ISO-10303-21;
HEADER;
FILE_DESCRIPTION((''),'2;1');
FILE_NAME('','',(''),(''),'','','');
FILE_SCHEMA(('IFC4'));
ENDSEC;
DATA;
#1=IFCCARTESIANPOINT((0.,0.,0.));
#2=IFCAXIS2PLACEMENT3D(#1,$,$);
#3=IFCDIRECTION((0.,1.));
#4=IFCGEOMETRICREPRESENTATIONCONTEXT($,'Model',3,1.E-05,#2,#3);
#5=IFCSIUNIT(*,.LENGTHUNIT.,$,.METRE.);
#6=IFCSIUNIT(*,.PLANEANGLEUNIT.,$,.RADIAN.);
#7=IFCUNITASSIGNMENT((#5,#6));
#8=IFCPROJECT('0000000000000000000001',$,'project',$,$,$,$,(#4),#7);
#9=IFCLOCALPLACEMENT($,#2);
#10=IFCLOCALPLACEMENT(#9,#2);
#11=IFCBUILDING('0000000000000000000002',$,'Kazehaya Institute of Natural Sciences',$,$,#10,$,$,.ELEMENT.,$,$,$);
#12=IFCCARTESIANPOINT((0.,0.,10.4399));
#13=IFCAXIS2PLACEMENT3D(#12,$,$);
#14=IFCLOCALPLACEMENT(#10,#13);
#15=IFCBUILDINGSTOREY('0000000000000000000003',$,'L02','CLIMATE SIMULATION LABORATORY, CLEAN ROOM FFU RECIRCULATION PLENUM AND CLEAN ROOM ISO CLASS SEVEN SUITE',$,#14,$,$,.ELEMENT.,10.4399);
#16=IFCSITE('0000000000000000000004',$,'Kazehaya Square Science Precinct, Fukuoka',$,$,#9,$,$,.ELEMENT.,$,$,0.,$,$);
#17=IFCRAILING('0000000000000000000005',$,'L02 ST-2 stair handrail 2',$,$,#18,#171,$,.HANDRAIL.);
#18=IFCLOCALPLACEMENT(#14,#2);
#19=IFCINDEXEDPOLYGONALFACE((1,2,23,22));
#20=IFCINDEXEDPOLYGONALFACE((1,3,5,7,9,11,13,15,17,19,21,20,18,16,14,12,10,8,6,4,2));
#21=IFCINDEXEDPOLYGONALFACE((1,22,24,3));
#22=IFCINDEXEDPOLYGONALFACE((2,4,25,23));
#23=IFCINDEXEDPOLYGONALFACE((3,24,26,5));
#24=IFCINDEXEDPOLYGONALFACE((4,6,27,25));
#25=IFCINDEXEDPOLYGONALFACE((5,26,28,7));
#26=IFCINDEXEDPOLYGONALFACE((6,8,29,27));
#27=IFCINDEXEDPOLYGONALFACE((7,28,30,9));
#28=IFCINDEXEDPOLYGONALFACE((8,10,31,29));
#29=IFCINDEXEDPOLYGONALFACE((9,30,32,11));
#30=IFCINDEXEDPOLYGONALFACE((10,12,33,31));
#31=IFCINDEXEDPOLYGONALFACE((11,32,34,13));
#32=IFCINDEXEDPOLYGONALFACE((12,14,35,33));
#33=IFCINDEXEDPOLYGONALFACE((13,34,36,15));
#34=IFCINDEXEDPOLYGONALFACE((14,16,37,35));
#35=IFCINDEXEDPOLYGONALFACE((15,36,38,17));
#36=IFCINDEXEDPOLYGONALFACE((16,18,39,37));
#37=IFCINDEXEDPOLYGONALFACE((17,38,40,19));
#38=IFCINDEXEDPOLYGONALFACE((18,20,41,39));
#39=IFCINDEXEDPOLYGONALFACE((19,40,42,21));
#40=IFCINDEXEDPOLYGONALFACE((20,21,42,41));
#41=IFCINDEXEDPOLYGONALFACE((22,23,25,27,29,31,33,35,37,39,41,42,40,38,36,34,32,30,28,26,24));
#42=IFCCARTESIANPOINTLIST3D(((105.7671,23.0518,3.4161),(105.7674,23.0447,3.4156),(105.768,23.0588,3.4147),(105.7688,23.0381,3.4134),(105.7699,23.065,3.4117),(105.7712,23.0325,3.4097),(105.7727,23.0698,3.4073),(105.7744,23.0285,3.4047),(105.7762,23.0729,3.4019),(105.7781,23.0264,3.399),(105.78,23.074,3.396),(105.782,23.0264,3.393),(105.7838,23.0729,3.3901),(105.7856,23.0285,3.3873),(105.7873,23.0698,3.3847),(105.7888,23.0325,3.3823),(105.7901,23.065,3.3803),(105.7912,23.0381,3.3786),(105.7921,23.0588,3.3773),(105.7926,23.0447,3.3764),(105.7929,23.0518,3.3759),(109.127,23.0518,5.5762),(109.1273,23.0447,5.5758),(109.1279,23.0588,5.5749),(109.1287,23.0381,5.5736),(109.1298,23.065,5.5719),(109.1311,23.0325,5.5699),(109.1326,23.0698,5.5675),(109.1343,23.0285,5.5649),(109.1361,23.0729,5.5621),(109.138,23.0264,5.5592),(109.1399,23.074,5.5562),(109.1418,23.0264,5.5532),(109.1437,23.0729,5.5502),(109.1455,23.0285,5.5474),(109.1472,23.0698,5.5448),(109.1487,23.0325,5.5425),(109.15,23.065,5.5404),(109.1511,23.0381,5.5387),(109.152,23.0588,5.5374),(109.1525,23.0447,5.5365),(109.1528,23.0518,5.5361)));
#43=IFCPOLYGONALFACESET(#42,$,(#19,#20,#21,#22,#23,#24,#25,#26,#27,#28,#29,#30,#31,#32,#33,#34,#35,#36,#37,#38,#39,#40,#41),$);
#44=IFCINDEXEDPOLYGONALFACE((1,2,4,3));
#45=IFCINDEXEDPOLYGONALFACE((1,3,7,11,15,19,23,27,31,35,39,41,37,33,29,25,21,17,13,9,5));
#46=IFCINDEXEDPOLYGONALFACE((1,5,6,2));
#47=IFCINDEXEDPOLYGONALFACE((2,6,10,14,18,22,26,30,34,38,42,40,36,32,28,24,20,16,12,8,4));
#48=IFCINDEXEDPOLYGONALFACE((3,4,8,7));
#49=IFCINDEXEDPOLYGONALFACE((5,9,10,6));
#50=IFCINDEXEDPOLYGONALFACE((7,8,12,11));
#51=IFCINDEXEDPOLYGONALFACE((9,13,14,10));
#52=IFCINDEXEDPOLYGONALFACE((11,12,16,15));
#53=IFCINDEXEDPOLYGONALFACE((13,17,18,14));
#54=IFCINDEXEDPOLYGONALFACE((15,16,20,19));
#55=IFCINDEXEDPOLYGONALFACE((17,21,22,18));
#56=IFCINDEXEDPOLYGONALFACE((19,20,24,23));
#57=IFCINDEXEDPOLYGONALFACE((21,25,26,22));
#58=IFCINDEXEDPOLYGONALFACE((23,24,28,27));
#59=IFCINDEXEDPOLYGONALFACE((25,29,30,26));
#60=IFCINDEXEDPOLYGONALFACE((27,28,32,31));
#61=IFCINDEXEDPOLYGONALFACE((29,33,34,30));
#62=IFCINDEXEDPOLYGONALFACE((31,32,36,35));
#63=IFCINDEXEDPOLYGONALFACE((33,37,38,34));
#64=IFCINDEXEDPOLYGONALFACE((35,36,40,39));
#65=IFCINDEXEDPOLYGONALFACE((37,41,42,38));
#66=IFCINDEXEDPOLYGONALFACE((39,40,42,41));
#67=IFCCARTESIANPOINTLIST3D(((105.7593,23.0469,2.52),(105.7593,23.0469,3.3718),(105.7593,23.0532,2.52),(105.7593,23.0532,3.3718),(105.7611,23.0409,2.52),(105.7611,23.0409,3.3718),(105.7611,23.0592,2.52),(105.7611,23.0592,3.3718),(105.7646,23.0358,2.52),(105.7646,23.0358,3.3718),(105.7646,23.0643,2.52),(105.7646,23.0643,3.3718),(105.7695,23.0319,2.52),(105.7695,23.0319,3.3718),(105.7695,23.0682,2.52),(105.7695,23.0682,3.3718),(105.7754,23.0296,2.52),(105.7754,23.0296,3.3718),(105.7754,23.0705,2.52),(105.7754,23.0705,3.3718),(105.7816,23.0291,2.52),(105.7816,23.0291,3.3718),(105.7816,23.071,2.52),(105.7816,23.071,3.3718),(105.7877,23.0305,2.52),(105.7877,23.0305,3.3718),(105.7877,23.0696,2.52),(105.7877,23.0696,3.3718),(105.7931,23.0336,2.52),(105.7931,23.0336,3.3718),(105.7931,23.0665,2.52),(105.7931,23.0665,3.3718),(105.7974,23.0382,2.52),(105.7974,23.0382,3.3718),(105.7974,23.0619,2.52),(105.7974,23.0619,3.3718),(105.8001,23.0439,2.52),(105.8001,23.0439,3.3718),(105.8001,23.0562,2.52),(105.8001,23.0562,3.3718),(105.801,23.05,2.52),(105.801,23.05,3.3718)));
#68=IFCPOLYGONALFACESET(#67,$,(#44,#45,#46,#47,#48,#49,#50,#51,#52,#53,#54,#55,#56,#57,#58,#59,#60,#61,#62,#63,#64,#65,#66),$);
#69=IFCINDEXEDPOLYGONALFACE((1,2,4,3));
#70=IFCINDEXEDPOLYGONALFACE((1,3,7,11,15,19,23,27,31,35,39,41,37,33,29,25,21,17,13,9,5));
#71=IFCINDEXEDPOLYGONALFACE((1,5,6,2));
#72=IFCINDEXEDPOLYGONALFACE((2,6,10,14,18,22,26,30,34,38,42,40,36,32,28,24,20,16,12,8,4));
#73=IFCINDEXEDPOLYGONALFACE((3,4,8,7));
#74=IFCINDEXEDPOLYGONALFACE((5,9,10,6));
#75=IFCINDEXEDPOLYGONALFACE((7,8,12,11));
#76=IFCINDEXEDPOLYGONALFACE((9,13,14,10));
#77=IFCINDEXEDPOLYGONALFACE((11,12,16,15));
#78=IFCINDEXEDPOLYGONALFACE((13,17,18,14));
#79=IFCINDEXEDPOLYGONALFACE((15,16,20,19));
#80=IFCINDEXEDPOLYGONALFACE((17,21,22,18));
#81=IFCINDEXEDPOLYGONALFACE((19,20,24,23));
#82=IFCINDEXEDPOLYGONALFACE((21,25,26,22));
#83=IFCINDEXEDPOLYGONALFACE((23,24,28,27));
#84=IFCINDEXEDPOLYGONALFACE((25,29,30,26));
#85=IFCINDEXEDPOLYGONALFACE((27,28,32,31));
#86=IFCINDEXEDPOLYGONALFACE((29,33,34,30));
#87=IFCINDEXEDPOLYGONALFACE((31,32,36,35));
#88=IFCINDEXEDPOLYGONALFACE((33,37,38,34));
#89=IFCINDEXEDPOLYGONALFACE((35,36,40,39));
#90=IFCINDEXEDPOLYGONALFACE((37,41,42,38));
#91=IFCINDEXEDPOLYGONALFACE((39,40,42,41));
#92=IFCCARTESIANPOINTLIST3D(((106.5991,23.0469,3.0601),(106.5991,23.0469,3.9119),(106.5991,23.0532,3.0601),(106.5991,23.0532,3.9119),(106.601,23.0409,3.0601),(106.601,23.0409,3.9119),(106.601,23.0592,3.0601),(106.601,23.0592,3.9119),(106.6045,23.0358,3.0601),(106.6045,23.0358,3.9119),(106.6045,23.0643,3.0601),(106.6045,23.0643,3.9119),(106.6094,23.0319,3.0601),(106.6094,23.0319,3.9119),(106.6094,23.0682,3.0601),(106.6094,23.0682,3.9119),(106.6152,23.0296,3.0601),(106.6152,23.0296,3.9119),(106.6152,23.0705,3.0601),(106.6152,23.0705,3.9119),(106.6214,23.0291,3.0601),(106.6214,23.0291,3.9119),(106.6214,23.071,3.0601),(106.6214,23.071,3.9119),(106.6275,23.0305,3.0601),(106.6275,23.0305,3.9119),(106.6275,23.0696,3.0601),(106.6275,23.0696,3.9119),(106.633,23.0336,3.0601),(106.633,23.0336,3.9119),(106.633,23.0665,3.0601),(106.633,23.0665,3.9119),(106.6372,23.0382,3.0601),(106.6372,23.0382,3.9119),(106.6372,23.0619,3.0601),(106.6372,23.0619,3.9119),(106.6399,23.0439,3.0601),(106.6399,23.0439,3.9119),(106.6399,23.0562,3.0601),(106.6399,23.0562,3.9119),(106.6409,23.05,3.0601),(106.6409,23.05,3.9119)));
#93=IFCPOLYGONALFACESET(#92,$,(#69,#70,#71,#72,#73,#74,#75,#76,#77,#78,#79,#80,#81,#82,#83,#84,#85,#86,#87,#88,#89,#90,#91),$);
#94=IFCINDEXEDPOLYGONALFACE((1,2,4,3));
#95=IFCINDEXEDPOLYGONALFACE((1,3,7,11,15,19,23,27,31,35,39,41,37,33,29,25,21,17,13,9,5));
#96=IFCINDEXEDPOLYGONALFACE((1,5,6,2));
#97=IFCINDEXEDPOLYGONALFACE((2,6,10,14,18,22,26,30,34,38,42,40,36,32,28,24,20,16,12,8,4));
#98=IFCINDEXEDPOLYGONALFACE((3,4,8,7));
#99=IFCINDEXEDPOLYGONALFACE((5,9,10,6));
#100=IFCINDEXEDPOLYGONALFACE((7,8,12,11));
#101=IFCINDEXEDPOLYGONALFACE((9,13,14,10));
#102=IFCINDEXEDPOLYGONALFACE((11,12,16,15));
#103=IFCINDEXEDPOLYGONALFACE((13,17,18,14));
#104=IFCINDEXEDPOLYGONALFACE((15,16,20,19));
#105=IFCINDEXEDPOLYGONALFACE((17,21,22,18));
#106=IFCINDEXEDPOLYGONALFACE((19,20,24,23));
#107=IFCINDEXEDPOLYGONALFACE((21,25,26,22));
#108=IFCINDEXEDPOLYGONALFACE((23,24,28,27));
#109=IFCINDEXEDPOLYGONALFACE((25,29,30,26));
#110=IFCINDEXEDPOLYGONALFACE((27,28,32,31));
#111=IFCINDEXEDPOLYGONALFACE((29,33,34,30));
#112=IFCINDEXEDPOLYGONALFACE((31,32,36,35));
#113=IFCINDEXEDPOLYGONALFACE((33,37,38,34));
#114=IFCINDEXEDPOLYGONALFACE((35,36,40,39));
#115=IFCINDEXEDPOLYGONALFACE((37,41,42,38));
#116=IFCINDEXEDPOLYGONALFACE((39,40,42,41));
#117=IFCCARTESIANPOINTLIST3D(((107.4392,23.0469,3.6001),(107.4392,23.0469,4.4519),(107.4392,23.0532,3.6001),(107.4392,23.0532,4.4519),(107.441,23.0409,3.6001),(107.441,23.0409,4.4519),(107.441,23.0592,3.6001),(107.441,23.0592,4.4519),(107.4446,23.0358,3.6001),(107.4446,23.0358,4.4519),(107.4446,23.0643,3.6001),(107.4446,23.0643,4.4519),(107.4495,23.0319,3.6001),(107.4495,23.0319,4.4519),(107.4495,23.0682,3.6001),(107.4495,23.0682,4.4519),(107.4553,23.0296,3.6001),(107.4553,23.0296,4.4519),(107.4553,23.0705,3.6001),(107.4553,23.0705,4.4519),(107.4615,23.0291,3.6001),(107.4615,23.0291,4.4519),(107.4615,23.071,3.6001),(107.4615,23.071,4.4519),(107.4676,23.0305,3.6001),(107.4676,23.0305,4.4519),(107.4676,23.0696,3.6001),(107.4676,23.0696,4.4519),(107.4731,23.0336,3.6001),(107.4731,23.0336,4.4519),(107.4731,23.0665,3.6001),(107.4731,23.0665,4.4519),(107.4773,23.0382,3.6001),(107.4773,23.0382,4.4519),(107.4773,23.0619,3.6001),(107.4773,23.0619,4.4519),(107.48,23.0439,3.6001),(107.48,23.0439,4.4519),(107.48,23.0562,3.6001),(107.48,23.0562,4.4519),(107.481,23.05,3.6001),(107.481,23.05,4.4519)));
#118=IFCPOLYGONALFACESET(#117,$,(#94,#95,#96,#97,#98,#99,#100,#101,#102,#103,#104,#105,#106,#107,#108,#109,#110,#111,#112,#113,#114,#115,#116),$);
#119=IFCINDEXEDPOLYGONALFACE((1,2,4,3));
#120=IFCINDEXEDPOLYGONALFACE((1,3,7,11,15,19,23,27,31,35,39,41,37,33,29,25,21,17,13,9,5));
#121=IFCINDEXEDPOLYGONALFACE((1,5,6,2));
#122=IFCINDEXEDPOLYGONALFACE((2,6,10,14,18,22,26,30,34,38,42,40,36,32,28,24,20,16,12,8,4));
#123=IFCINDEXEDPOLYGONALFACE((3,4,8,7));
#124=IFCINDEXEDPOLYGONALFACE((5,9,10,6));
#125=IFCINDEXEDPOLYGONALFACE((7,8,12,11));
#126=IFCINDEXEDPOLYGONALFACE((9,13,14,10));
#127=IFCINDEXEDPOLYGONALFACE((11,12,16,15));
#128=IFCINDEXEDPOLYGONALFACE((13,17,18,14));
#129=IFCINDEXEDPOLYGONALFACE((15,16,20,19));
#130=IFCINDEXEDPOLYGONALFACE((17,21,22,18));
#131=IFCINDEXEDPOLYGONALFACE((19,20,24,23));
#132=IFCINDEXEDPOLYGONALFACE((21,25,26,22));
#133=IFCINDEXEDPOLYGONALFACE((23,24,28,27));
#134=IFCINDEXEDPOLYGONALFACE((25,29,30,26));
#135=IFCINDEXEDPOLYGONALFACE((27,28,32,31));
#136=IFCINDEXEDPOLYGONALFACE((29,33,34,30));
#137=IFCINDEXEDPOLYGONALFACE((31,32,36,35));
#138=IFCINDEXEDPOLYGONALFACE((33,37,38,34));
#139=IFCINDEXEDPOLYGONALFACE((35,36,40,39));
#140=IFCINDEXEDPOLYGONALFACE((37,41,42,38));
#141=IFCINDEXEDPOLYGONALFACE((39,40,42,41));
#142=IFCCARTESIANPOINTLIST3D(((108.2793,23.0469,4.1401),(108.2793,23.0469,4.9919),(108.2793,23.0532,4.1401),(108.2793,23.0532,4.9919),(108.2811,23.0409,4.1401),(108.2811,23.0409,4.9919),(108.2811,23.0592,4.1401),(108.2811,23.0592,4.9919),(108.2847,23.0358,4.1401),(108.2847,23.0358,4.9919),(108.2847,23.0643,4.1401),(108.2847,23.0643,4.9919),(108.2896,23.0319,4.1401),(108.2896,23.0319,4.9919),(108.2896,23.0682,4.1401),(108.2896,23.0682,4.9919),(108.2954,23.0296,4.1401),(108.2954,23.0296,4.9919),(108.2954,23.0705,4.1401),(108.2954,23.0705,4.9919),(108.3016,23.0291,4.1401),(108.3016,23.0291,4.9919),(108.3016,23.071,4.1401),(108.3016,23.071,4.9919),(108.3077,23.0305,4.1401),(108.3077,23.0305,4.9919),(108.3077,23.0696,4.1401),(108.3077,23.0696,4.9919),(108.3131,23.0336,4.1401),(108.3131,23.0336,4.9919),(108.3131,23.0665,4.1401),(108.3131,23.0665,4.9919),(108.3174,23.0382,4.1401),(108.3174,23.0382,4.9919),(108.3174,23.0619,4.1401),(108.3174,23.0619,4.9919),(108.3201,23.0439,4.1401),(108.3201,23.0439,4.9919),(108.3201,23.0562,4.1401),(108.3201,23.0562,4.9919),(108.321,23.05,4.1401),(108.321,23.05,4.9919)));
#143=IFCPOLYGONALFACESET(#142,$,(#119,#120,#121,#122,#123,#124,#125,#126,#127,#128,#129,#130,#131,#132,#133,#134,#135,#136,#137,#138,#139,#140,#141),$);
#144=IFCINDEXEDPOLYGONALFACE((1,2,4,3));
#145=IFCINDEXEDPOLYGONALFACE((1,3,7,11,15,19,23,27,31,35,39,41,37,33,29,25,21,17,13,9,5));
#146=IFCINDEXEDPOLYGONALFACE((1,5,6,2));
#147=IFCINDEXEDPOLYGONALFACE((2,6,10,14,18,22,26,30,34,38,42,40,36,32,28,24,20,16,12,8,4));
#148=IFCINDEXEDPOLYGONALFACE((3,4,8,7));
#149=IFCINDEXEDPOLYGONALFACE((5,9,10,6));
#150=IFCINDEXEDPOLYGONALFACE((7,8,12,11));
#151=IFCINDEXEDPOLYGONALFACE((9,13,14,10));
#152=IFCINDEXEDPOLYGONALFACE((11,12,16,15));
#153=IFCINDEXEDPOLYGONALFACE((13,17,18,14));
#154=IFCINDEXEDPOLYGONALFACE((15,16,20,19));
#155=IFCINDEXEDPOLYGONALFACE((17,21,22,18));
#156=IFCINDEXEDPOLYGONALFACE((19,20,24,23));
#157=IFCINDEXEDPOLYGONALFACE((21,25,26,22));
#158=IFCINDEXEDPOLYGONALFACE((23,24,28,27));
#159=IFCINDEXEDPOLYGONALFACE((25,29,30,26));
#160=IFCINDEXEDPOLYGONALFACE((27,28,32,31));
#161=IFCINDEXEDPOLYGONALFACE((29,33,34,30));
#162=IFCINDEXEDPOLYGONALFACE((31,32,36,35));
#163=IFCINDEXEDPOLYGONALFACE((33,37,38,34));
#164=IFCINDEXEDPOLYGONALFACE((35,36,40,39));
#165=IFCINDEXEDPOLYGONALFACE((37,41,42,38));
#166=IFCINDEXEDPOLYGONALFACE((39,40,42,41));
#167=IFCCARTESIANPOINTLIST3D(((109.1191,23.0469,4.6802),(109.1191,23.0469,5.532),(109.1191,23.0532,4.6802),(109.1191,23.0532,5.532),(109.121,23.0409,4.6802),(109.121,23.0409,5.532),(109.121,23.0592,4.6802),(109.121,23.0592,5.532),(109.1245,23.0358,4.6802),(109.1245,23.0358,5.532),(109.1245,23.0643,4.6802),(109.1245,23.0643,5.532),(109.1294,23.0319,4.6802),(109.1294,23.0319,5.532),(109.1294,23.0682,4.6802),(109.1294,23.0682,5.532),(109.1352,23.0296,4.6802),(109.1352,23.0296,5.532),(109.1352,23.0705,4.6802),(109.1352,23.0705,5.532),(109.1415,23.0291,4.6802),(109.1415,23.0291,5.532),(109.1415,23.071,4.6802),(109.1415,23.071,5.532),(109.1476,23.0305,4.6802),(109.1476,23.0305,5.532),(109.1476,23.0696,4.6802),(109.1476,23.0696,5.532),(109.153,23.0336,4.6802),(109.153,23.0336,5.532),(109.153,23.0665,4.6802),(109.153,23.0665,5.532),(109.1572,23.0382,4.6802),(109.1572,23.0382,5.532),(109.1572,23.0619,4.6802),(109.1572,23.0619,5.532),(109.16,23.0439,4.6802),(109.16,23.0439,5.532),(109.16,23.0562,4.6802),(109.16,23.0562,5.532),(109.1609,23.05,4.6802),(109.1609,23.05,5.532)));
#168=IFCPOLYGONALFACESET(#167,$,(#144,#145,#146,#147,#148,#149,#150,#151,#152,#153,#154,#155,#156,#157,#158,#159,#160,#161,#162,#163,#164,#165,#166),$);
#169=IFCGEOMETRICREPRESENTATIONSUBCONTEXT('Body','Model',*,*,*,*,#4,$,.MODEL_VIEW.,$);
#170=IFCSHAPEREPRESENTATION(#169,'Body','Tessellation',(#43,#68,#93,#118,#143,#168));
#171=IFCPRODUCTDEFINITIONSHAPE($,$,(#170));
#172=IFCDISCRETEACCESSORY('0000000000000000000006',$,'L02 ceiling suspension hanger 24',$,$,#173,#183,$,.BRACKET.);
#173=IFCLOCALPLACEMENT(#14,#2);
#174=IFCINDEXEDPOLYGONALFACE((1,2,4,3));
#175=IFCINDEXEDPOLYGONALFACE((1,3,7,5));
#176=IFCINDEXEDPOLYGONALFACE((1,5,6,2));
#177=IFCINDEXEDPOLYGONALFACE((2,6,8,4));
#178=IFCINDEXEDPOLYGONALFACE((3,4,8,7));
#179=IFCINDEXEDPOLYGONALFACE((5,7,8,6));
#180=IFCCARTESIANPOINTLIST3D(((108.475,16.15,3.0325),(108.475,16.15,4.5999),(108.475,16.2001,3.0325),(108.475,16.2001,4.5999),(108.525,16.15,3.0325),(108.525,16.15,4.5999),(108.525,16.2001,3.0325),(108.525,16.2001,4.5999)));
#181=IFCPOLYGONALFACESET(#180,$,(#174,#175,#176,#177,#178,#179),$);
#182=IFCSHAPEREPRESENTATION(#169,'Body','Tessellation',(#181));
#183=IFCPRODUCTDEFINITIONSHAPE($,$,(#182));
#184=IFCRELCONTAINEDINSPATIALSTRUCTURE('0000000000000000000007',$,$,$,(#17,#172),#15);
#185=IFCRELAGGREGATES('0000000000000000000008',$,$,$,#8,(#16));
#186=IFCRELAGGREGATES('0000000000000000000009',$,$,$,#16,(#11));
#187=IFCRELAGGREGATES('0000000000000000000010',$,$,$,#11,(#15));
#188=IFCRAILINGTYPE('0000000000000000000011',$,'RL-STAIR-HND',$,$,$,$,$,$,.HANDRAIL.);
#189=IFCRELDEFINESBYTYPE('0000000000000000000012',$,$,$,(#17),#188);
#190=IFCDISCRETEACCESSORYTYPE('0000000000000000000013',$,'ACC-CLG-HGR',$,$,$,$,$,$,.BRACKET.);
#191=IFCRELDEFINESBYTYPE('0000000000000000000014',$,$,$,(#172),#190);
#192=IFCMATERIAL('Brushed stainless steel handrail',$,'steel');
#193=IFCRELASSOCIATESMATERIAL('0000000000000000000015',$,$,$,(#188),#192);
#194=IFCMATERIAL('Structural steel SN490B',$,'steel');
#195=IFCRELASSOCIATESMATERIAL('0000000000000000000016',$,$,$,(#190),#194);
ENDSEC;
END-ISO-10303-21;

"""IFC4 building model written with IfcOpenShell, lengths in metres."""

from ifc_helpers import new_model, si_unit, direction, frame, origin, origin_2d, place, context, subcontext, project, spatial, rectangle, circle, extrude, material, type_object, element, save


model = new_model("IFC4")

# Units and contexts
model_context = context("Model", 3, precision=1e-05, world=origin(), true_north=direction((0.0, 1.0)))
body_context = subcontext(model_context, "Body", "Model", "MODEL_VIEW")
ifc_project = project(units=[si_unit("LENGTHUNIT", "METRE"), si_unit("PLANEANGLEUNIT", "RADIAN")], contexts=[model_context])

# Site, building, storey
site_placement = place(None, origin())
site = spatial("IfcSite", under=ifc_project, at=site_placement, Name="Kazehaya Square Science Precinct, Fukuoka", CompositionType="ELEMENT", RefElevation=0.0)
building_placement = place(site_placement, origin())
building = spatial("IfcBuilding", under=site, at=building_placement, Name="Kazehaya Institute of Natural Sciences", CompositionType="ELEMENT")
storey_placement = place(building_placement, frame((0.0, 0.0, 10.4399)))
storey = spatial("IfcBuildingStorey", under=building, at=storey_placement, Name="L02", Description="CLIMATE SIMULATION LABORATORY, CLEAN ROOM FFU RECIRCULATION PLENUM AND CLEAN ROOM ISO CLASS SEVEN SUITE", CompositionType="ELEMENT", Elevation=10.4399)

# Railing
ifc_material_1 = material(Name="Structural steel SN490B", Category="steel")
ifc_material_2 = material(Name="Brushed stainless steel handrail", Category="steel")
railing_type_1 = type_object("IfcRailingType", Name="RL-STAIR-HND", PredefinedType="HANDRAIL", material=ifc_material_2)
railing_1_placement = place(storey_placement, frame((105.78, 23.05, 2.52)))
element("IfcRailing", 1, at=railing_1_placement, inside=storey, type_object=railing_type_1, Name="L02 ST-2 stair handrail 2", PredefinedType="HANDRAIL", context=body_context, shape_type="SweptSolid", body=[
    extrude(circle(Radius=0.0239, at=origin_2d()), frame((0.0, 0.0, 0.876), z_axis=(0.841151, 0.0, 0.540801), x_axis=(0.0, 1.0, 0.0)), (0.0, 0.0, 1.0), 3.9944),
    extrude(circle(Radius=0.021, at=origin_2d()), origin(), (0.0, 0.0, 1.0), 0.8518),
    extrude(circle(Radius=0.021, at=origin_2d()), frame((0.8398, 0.0, 0.54)), (0.0, 0.0, 1.0), 0.8518),
    extrude(circle(Radius=0.021, at=origin_2d()), frame((1.6799, 0.0, 1.0801)), (0.0, 0.0, 1.0), 0.8518),
    extrude(circle(Radius=0.021, at=origin_2d()), frame((2.52, 0.0, 1.6201)), (0.0, 0.0, 1.0), 0.8518),
    extrude(circle(Radius=0.021, at=origin_2d()), frame((3.3599, 0.0, 2.1602)), (0.0, 0.0, 1.0), 0.8518),
])

# Discrete accessory
discrete_accessory_type = type_object("IfcDiscreteAccessoryType", Name="ACC-CLG-HGR", PredefinedType="BRACKET", material=ifc_material_1)
discrete_accessory_placement = place(storey_placement, frame((108.5, 16.175, 3.0325), z_axis=(0.0, 0.0, 1.0), x_axis=(1.0, 0.0, 0.0)))
element("IfcDiscreteAccessory", 2, at=discrete_accessory_placement, inside=storey, type_object=discrete_accessory_type, Name="L02 ceiling suspension hanger 24", PredefinedType="BRACKET", context=body_context, shape_type="SweptSolid", body=[
    extrude(rectangle(XDim=0.05, YDim=0.05, at=origin_2d()), origin(), (0.0, 0.0, 1.0), 1.5674),
])

save(model, "model.ifc")
